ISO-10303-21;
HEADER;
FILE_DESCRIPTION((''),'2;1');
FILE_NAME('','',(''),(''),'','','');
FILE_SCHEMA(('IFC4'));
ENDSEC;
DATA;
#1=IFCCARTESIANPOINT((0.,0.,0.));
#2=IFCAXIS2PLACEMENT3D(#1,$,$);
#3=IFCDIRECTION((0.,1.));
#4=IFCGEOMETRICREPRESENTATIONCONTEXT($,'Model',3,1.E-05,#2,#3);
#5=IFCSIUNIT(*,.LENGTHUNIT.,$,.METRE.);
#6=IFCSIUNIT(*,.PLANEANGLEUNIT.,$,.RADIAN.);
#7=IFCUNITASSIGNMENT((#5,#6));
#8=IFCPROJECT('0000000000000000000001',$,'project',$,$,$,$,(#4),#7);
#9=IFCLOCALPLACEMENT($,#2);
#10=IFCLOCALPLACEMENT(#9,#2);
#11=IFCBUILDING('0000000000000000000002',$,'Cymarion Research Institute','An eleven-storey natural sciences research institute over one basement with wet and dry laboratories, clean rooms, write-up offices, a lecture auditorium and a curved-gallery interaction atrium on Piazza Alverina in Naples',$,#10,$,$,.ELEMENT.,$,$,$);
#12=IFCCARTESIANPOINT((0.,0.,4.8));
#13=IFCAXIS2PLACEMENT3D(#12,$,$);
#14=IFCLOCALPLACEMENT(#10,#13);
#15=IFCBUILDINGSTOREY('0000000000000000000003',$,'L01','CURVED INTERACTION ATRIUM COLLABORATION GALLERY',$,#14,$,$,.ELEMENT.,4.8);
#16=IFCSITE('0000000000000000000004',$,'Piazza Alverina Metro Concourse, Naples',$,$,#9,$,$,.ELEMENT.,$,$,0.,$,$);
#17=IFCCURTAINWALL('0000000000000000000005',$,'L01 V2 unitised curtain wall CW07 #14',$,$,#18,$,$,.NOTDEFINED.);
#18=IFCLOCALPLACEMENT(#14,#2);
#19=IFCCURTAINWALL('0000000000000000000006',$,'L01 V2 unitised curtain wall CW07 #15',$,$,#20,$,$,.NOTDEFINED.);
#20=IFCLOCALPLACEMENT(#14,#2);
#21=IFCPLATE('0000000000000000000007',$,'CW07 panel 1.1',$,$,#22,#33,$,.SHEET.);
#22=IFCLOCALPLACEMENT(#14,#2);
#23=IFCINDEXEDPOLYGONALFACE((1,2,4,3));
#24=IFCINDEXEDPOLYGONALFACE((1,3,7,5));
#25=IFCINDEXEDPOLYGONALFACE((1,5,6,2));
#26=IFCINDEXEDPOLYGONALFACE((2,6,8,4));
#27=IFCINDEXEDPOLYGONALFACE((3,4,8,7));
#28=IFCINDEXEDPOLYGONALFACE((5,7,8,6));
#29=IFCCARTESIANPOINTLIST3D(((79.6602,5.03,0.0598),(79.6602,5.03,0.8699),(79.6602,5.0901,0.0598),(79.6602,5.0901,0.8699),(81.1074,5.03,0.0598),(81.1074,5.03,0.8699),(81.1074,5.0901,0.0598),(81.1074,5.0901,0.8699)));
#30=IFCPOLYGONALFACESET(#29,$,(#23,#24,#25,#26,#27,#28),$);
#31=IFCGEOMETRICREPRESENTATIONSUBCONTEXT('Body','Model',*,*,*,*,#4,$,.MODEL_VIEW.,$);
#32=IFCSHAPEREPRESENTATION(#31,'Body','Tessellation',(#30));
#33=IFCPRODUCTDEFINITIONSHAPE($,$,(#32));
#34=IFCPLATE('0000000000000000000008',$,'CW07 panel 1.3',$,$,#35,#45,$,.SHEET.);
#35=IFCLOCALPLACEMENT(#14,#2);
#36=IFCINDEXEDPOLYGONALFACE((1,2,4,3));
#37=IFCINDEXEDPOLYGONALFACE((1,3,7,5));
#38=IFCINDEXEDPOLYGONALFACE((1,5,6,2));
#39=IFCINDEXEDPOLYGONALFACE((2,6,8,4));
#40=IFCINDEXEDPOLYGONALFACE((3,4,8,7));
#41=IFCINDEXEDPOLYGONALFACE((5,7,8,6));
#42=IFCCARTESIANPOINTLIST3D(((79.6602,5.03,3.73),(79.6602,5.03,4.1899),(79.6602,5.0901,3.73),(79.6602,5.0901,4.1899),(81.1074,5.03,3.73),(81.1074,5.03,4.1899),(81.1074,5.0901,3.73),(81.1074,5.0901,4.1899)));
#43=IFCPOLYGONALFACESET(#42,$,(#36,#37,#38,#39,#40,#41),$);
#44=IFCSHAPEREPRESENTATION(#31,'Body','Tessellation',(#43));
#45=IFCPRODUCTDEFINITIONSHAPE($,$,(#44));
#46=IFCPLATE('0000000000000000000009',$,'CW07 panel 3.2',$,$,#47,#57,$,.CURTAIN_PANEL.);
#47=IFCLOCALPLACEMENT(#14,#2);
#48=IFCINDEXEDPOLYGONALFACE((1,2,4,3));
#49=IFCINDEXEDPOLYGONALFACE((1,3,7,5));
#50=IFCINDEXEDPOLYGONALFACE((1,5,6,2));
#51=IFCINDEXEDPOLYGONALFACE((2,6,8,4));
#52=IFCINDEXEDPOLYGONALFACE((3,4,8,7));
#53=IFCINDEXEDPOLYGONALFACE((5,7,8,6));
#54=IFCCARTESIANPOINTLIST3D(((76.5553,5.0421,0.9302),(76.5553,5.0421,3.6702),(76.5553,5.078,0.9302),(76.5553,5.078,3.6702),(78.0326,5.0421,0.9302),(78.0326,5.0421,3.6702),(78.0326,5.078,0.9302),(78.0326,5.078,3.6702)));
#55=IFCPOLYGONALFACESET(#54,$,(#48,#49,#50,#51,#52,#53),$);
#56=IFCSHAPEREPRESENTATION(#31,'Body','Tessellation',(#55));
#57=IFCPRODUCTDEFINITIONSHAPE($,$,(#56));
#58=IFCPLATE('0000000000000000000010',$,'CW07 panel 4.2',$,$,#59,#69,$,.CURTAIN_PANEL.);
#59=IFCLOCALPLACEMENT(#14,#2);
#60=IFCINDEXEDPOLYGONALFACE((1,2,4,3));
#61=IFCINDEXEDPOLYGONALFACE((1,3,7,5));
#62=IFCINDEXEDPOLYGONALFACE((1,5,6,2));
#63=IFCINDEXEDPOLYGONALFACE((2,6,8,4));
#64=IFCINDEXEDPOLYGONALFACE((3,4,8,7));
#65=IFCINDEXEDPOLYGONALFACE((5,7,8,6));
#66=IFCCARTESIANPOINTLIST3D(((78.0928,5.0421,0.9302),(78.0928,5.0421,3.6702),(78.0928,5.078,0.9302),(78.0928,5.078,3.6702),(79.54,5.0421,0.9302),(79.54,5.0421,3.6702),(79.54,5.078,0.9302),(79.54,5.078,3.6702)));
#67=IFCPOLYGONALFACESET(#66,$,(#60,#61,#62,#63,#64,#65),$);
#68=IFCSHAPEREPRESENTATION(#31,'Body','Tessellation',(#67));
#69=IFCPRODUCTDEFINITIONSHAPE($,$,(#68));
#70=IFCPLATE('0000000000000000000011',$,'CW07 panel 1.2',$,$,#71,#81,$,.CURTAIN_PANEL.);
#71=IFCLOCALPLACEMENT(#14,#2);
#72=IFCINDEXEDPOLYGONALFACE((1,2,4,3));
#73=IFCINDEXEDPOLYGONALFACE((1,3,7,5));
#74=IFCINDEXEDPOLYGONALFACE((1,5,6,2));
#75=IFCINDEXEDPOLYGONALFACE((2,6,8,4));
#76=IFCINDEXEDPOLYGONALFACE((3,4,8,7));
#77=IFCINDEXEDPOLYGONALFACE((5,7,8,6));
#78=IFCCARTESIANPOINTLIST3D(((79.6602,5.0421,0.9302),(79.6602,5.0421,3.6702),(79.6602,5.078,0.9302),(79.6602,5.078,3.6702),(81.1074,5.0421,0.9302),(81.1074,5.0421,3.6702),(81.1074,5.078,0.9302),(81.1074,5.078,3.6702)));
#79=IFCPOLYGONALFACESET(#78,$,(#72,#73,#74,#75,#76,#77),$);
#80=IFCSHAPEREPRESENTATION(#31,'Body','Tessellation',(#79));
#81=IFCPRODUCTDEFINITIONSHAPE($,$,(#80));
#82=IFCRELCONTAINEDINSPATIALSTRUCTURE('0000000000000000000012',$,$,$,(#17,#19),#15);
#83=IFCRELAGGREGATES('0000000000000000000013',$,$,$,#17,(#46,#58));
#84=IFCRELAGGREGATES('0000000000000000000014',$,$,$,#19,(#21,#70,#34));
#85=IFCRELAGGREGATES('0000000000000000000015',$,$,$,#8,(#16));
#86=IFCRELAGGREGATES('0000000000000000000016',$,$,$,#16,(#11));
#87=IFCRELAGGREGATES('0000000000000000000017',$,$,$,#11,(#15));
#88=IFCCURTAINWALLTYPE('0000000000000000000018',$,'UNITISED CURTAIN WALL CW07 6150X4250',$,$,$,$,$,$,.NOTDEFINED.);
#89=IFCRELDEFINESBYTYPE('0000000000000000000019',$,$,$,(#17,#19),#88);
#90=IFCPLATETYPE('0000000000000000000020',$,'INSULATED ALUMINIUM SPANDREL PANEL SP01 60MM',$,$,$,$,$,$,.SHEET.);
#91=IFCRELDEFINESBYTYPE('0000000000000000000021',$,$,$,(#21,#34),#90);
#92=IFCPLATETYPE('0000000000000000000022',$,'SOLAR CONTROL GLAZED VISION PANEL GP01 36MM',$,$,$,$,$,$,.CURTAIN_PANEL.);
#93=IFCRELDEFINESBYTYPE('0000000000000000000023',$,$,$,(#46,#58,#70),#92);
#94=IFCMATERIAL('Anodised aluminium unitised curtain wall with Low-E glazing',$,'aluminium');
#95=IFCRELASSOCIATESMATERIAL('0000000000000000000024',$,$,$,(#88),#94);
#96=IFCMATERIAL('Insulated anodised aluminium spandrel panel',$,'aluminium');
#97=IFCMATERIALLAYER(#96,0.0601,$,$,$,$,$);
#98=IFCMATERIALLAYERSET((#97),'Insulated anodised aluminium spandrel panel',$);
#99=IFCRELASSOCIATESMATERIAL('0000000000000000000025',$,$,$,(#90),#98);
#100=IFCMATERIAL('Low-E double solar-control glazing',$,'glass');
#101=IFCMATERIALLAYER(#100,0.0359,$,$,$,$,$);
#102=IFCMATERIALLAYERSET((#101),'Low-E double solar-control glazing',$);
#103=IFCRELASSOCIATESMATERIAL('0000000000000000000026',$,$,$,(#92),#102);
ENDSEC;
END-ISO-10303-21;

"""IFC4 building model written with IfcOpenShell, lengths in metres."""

from ifc_helpers import new_model, si_unit, direction, frame, origin, origin_2d, place, context, subcontext, project, spatial, rectangle, extrude, material, layer, layer_set, type_object, element, aggregate, save


model = new_model("IFC4")

# Units and contexts
model_context = context("Model", 3, precision=1e-05, world=origin(), true_north=direction((0.0, 1.0)))
body_context = subcontext(model_context, "Body", "Model", "MODEL_VIEW")
ifc_project = project(units=[si_unit("LENGTHUNIT", "METRE"), si_unit("PLANEANGLEUNIT", "RADIAN")], contexts=[model_context])

# Site, building, storey
site_placement = place(None, origin())
site = spatial("IfcSite", under=ifc_project, at=site_placement, Name="Piazza Alverina Metro Concourse, Naples", CompositionType="ELEMENT", RefElevation=0.0)
building_placement = place(site_placement, origin())
building = spatial("IfcBuilding", under=site, at=building_placement, Name="Cymarion Research Institute", Description="An eleven-storey natural sciences research institute over one basement with wet and dry laboratories, clean rooms, write-up offices, a lecture auditorium and a curved-gallery interaction atrium on Piazza Alverina in Naples", CompositionType="ELEMENT")
storey_placement = place(building_placement, frame((0.0, 0.0, 4.8)))
storey = spatial("IfcBuildingStorey", under=building, at=storey_placement, Name="L01", Description="CURVED INTERACTION ATRIUM COLLABORATION GALLERY", CompositionType="ELEMENT", Elevation=4.8)

# Curtain walls
ifc_material_1 = material(Name="Anodised aluminium unitised curtain wall with Low-E glazing", Category="aluminium")
curtain_wall_type = type_object("IfcCurtainWallType", Name="UNITISED CURTAIN WALL CW07 6150X4250", PredefinedType="NOTDEFINED", material=ifc_material_1)
curtain_wall_1_placement = place(storey_placement, origin())
curtain_wall_1 = element("IfcCurtainWall", 1, at=curtain_wall_1_placement, inside=storey, type_object=curtain_wall_type, Name="L01 V2 unitised curtain wall CW07 #14", PredefinedType="NOTDEFINED")
curtain_wall_2_placement = place(storey_placement, origin())
curtain_wall_2 = element("IfcCurtainWall", 2, at=curtain_wall_2_placement, inside=storey, type_object=curtain_wall_type, Name="L01 V2 unitised curtain wall CW07 #15", PredefinedType="NOTDEFINED")

# Plates
ifc_material_2 = material(Name="Insulated anodised aluminium spandrel panel", Category="aluminium")
ifc_layer_1 = layer(ifc_material_2, 0.0601)
ifc_layer_set_1 = layer_set([ifc_layer_1], Name="Insulated anodised aluminium spandrel panel")
plate_type_1 = type_object("IfcPlateType", Name="INSULATED ALUMINIUM SPANDREL PANEL SP01 60MM", PredefinedType="SHEET", material=ifc_layer_set_1)
plate_1_placement = place(storey_placement, frame((80.3838, 5.0601, 0.0598), z_axis=(0.0, 0.0, 1.0), x_axis=(1.0, 0.0, 0.0)))
plate_1 = element("IfcPlate", 3, at=plate_1_placement, type_object=plate_type_1, Name="CW07 panel 1.1", PredefinedType="SHEET", context=body_context, shape_type="SweptSolid", body=[
    extrude(rectangle(XDim=1.4473, YDim=0.0601, at=origin_2d()), origin(), (0.0, 0.0, 1.0), 0.8101),
])
plate_2_placement = place(storey_placement, frame((80.3838, 5.0601, 3.73), z_axis=(0.0, 0.0, 1.0), x_axis=(1.0, 0.0, 0.0)))
plate_2 = element("IfcPlate", 4, at=plate_2_placement, type_object=plate_type_1, Name="CW07 panel 1.3", PredefinedType="SHEET", context=body_context, shape_type="SweptSolid", body=[
    extrude(rectangle(XDim=1.4473, YDim=0.0601, at=origin_2d()), origin(), (0.0, 0.0, 1.0), 0.46),
])
ifc_material_3 = material(Name="Low-E double solar-control glazing", Category="glass")
ifc_layer_2 = layer(ifc_material_3, 0.0359)
ifc_layer_set_2 = layer_set([ifc_layer_2], Name="Low-E double solar-control glazing")
plate_type_2 = type_object("IfcPlateType", Name="SOLAR CONTROL GLAZED VISION PANEL GP01 36MM", PredefinedType="CURTAIN_PANEL", material=ifc_layer_set_2)
plate_3_placement = place(storey_placement, frame((77.2939, 5.0601, 0.9302), z_axis=(0.0, 0.0, 1.0), x_axis=(1.0, 0.0, 0.0)))
plate_3 = element("IfcPlate", 5, at=plate_3_placement, type_object=plate_type_2, Name="CW07 panel 3.2", PredefinedType="CURTAIN_PANEL", context=body_context, shape_type="SweptSolid", body=[
    extrude(rectangle(XDim=1.4773, YDim=0.0359, at=origin_2d()), origin(), (0.0, 0.0, 1.0), 2.74),
])
plate_4_placement = place(storey_placement, frame((78.8164, 5.0601, 0.9302), z_axis=(0.0, 0.0, 1.0), x_axis=(1.0, 0.0, 0.0)))
plate_4 = element("IfcPlate", 6, at=plate_4_placement, type_object=plate_type_2, Name="CW07 panel 4.2", PredefinedType="CURTAIN_PANEL", context=body_context, shape_type="SweptSolid", body=[
    extrude(rectangle(XDim=1.4473, YDim=0.0359, at=origin_2d()), origin(), (0.0, 0.0, 1.0), 2.74),
])
aggregate(curtain_wall_1, [plate_3, plate_4])
plate_5_placement = place(storey_placement, frame((80.3838, 5.0601, 0.9302), z_axis=(0.0, 0.0, 1.0), x_axis=(1.0, 0.0, 0.0)))
plate_5 = element("IfcPlate", 7, at=plate_5_placement, type_object=plate_type_2, Name="CW07 panel 1.2", PredefinedType="CURTAIN_PANEL", context=body_context, shape_type="SweptSolid", body=[
    extrude(rectangle(XDim=1.4473, YDim=0.0359, at=origin_2d()), origin(), (0.0, 0.0, 1.0), 2.74),
])
aggregate(curtain_wall_2, [plate_1, plate_5, plate_2])

save(model, "model.ifc")
